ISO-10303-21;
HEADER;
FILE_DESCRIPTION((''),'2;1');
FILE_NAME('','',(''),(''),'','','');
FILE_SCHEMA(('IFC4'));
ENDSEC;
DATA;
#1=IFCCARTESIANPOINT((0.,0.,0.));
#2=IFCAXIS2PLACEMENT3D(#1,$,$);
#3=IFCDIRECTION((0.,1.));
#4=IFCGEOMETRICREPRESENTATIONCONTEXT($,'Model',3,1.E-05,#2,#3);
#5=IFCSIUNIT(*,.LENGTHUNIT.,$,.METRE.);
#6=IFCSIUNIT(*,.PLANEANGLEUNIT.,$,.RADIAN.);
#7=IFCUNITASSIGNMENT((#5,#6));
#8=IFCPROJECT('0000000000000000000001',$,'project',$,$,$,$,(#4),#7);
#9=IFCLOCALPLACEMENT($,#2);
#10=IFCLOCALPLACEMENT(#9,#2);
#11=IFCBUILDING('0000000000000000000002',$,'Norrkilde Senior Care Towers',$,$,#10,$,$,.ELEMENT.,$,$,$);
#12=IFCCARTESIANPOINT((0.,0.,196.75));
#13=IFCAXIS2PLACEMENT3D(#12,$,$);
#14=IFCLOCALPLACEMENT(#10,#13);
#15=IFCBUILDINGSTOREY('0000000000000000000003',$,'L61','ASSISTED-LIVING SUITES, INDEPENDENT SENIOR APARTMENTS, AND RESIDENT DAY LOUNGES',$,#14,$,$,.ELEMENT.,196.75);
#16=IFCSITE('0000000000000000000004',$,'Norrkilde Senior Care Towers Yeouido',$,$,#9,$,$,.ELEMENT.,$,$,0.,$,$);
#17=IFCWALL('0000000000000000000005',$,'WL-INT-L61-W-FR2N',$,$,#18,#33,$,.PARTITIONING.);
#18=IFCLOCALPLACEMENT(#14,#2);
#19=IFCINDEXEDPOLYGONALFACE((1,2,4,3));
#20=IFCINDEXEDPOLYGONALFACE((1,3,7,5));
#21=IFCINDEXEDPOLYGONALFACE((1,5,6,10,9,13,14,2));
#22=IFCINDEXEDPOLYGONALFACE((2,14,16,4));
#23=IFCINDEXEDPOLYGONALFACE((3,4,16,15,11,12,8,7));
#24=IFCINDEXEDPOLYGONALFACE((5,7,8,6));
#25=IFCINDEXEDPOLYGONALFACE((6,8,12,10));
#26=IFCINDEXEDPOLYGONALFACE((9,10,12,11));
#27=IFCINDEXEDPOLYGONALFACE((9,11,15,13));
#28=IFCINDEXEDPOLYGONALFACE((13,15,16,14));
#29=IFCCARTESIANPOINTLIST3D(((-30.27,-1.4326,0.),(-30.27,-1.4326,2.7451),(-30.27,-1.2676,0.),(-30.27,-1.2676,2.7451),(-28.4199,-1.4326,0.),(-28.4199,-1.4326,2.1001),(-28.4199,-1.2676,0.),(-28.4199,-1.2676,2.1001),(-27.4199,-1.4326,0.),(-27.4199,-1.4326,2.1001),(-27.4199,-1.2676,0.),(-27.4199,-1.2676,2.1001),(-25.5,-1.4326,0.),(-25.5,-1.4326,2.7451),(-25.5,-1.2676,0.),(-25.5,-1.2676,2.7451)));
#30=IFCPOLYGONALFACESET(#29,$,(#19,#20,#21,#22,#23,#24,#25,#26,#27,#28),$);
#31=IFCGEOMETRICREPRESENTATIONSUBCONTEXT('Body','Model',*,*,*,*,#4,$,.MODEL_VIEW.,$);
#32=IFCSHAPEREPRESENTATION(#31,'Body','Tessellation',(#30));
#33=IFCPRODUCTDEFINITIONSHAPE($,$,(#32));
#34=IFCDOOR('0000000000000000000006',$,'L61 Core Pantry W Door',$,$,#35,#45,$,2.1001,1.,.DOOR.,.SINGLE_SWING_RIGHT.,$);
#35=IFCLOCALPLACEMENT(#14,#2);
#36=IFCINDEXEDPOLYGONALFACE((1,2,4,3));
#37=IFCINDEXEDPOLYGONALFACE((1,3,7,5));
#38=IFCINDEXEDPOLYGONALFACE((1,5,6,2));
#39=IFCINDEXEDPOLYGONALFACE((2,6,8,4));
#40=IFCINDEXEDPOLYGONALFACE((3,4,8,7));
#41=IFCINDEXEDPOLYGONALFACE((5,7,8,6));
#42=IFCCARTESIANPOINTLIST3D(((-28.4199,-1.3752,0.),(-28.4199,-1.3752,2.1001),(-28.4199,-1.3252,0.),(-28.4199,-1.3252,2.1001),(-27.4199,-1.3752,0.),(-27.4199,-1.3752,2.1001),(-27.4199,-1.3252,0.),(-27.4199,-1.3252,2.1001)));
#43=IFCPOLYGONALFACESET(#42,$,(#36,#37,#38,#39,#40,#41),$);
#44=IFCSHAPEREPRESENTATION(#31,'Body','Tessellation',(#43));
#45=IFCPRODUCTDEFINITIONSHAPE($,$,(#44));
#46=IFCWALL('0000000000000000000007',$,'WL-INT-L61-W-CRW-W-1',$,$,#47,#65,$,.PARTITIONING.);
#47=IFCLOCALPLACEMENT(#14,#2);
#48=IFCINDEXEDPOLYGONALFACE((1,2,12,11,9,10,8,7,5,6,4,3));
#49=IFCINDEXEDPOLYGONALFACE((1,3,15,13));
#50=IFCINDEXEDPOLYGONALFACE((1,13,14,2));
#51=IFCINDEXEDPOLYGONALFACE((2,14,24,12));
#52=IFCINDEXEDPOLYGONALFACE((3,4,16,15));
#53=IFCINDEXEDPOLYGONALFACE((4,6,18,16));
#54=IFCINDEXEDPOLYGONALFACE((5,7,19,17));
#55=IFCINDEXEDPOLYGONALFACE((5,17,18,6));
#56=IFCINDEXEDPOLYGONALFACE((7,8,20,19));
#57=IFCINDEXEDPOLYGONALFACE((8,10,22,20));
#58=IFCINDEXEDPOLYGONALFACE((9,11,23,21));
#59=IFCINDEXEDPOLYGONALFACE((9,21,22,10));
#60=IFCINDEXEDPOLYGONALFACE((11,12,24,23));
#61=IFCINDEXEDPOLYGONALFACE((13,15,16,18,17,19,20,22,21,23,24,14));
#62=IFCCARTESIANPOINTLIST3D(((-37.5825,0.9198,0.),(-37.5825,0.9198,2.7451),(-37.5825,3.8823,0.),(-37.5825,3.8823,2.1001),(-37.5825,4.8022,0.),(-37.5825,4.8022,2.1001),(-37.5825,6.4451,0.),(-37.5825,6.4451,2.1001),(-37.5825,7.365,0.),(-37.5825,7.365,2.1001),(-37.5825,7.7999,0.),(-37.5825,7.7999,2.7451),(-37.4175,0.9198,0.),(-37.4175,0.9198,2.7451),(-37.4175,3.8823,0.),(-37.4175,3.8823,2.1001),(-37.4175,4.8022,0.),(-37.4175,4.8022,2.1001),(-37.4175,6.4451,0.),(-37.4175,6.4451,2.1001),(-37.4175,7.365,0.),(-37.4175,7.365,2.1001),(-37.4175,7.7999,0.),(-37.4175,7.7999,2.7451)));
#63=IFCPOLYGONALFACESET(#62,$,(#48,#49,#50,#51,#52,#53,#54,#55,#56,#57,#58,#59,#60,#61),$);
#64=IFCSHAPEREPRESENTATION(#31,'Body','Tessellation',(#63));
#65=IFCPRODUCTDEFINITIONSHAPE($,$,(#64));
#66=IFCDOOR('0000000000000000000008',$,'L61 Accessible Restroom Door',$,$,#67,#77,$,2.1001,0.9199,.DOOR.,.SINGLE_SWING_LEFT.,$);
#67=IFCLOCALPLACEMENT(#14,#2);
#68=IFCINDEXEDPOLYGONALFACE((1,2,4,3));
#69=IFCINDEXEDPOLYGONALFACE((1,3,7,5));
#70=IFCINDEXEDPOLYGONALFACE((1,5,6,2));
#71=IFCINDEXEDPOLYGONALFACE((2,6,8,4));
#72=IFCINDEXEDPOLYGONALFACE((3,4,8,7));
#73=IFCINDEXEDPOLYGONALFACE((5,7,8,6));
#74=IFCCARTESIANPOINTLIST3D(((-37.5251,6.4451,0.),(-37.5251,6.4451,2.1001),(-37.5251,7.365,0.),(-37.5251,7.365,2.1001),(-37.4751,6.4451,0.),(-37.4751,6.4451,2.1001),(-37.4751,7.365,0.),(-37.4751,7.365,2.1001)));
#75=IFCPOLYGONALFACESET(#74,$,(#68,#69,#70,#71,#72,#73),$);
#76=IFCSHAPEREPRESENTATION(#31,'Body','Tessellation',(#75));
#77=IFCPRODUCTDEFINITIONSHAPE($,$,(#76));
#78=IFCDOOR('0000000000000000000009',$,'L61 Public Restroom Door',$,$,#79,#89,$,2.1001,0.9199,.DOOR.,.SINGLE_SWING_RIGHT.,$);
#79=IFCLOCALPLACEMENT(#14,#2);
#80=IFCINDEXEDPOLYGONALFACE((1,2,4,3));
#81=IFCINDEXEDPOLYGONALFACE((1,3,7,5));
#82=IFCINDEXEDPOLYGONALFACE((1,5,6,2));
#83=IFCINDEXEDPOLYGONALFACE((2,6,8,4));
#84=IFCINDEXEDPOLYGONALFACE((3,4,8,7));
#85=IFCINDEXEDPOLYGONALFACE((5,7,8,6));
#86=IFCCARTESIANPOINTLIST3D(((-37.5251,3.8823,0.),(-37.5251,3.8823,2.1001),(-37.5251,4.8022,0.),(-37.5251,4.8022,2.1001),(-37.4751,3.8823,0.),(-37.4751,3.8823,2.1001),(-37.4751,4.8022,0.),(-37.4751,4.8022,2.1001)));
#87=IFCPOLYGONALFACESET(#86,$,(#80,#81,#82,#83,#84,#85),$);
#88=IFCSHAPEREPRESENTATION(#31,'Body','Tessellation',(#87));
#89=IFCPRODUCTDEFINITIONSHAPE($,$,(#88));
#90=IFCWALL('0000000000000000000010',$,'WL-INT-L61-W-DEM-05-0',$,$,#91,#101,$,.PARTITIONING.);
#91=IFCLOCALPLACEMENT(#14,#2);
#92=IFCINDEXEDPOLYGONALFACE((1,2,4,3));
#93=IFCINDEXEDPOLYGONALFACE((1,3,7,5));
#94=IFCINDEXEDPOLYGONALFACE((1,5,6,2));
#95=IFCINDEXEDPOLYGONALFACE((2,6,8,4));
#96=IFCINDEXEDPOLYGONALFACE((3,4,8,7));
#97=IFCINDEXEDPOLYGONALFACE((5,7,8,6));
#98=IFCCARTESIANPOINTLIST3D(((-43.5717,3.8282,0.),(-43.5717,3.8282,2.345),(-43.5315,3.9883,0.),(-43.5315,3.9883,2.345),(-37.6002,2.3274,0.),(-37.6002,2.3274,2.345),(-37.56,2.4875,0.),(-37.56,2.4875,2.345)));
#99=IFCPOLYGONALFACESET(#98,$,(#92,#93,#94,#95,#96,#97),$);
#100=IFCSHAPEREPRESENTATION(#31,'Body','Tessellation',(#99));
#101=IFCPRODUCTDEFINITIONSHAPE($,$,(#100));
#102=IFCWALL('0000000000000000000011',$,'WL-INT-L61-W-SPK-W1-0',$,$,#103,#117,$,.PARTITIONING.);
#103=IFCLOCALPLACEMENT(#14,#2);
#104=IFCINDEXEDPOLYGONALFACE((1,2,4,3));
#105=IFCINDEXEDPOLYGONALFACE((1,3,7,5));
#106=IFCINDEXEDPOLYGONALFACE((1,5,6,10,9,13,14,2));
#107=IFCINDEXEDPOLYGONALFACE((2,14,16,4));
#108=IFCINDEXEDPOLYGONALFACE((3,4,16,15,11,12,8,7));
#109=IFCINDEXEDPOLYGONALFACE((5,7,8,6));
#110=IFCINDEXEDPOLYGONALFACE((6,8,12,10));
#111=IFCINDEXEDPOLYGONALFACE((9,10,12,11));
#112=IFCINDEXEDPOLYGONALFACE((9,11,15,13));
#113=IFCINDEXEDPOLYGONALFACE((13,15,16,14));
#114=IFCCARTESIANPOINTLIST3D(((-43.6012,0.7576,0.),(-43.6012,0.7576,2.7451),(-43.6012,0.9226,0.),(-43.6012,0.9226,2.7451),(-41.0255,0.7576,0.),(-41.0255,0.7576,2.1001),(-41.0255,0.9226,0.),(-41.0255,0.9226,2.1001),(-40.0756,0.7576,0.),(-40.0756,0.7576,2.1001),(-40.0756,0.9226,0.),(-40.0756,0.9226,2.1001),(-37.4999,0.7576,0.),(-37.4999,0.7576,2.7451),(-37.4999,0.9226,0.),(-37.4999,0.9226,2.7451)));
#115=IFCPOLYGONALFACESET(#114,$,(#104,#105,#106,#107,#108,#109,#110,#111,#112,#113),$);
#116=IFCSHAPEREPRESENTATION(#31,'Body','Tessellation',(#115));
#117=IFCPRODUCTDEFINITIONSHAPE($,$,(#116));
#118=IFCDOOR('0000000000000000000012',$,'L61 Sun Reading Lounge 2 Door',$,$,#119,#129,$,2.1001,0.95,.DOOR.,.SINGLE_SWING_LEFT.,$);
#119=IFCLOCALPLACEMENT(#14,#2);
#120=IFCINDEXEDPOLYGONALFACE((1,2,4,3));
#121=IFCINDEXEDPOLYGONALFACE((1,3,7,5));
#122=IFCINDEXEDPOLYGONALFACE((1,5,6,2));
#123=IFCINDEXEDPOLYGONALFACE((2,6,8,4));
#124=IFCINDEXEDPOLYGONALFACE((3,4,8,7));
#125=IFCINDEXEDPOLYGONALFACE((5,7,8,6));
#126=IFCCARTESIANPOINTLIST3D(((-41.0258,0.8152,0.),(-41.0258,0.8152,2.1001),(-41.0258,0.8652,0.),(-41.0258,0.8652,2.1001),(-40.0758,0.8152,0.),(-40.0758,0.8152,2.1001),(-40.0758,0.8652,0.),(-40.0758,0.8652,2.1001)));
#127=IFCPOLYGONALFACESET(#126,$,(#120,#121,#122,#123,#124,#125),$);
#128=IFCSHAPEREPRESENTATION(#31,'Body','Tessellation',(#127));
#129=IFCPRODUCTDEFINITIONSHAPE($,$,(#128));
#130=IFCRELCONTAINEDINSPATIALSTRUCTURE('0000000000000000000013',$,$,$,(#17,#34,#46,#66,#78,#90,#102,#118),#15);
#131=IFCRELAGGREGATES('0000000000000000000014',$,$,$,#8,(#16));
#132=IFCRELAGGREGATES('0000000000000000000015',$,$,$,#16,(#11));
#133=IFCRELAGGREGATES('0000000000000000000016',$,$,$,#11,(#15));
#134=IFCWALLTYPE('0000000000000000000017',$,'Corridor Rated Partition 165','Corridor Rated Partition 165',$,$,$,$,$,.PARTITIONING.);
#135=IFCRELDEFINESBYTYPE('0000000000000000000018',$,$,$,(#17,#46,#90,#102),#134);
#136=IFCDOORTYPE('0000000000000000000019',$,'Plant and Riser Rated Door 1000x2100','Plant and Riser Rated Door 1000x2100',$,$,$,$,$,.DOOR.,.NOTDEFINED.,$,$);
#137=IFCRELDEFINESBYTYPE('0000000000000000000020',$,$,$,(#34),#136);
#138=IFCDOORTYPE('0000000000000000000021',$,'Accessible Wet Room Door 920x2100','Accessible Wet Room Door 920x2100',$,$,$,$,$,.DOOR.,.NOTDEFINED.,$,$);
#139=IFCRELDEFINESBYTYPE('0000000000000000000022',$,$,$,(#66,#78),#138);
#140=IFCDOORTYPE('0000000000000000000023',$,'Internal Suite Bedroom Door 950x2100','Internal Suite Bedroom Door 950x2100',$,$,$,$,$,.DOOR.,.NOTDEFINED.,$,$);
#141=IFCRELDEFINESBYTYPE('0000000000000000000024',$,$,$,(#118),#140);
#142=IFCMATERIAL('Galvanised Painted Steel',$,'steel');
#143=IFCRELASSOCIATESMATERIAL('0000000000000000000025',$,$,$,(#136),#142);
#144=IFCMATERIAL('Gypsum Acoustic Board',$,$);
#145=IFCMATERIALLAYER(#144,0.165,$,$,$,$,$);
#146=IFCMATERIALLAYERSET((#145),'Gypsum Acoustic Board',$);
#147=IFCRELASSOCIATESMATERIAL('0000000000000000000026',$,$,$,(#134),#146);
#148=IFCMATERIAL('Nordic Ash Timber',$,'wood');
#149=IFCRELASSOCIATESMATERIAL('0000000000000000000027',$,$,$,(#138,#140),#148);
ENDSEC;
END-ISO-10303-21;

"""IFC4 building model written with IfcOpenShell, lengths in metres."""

from ifc_helpers import new_model, si_unit, direction, frame, frame_2d, origin, place, context, subcontext, project, spatial, rectangle, extrude, source, transform, mapped, material, layer, layer_set, type_object, type_shapes, element, fill, save


model = new_model("IFC4")

# Units and contexts
model_context = context("Model", 3, precision=1e-05, world=origin(), true_north=direction((0.0, 1.0)))
body_context = subcontext(model_context, "Body", "Model", "MODEL_VIEW")
ifc_project = project(units=[si_unit("LENGTHUNIT", "METRE"), si_unit("PLANEANGLEUNIT", "RADIAN")], contexts=[model_context])

# Site, building, storey
site_placement = place(None, origin())
site = spatial("IfcSite", under=ifc_project, at=site_placement, Name="Norrkilde Senior Care Towers Yeouido", CompositionType="ELEMENT", RefElevation=0.0)
building_placement = place(site_placement, origin())
building = spatial("IfcBuilding", under=site, at=building_placement, Name="Norrkilde Senior Care Towers", CompositionType="ELEMENT")
storey_placement = place(building_placement, frame((0.0, 0.0, 196.75)))
storey = spatial("IfcBuildingStorey", under=building, at=storey_placement, Name="L61", Description="ASSISTED-LIVING SUITES, INDEPENDENT SENIOR APARTMENTS, AND RESIDENT DAY LOUNGES", CompositionType="ELEMENT", Elevation=196.75)

# Shared definitions
ifc_material_1 = material(Name="Galvanised Painted Steel", Category="steel")
door_type_1 = type_object("IfcDoorType", Name="Plant and Riser Rated Door 1000x2100", Description="Plant and Riser Rated Door 1000x2100", OperationType="NOTDEFINED", PredefinedType="DOOR", material=ifc_material_1)
shared_shape_1 = source(origin(), body_context, "Body", "SweptSolid", [
    extrude(rectangle(XDim=1.0, YDim=2.1001, at=frame_2d((0.5, 1.05))), frame((0.0, 0.0249, 0.0), z_axis=(0.0, -1.0, 0.0), x_axis=(1.0, 0.0, 0.0)), (0.0, 0.0, 1.0), 0.05),
])
type_shapes(door_type_1, [shared_shape_1])

# Shared definitions
ifc_material_2 = material(Name="Gypsum Acoustic Board")

# Wall, opening, door
ifc_layer_1 = layer(ifc_material_2, 0.165)
ifc_layer_set_1 = layer_set([ifc_layer_1], Name="Gypsum Acoustic Board")
wall_type_1 = type_object("IfcWallType", Name="Corridor Rated Partition 165", Description="Corridor Rated Partition 165", PredefinedType="PARTITIONING", material=ifc_layer_set_1)
shared_shape_2 = source(origin(), body_context, "Body", "SweptSolid", [
    extrude(rectangle(XDim=4.77, YDim=0.165, at=frame_2d((2.385, 0.0))), origin(), (0.0, 0.0, 1.0), 2.7451),
])
wall_1_placement = place(storey_placement, frame((-30.27, -1.3501, 0.0), z_axis=(0.0, 0.0, 1.0), x_axis=(1.0, 0.0, 0.0)))
wall_1 = element("IfcWall", 1, at=wall_1_placement, inside=storey, type_object=wall_type_1, Name="WL-INT-L61-W-FR2N", PredefinedType="PARTITIONING", context=body_context, shape_type="MappedRepresentation", body=[
    mapped(shared_shape_2, transform((0.0, 0.0, 0.0), x_axis=(1.0, 0.0, 0.0), y_axis=(0.0, 1.0, 0.0), z_axis=(0.0, 0.0, 1.0), scale=1.0)),
])
opening_1_placement = place(wall_1_placement, frame((1.8501, 0.0, 0.0)))
opening_1 = element("IfcOpeningElement", 2, at=opening_1_placement, cuts=wall_1, PredefinedType="OPENING", context=body_context, shape_type="SweptSolid", body=[
    extrude(rectangle(XDim=1.0, YDim=2.1001, at=frame_2d((0.5, 1.05))), frame((0.0, 0.0925, 0.0), z_axis=(0.0, -1.0, 0.0), x_axis=(1.0, 0.0, 0.0)), (0.0, 0.0, 1.0), 0.1851),
])
door_1_placement = place(opening_1_placement, origin())
door_1 = element("IfcDoor", 3, at=door_1_placement, inside=storey, type_object=door_type_1, Name="L61 Core Pantry W Door", OperationType="SINGLE_SWING_RIGHT", OverallHeight=2.1001, OverallWidth=1.0, PredefinedType="DOOR", context=body_context, shape_type="MappedRepresentation", body=[
    mapped(shared_shape_1, transform((0.0, 0.0, 0.0), x_axis=(1.0, 0.0, 0.0), y_axis=(0.0, 1.0, 0.0), z_axis=(0.0, 0.0, 1.0), scale=1.0)),
])
fill(opening_1, door_1)

# Wall, openings, doors
shared_shape_3 = source(origin(), body_context, "Body", "SweptSolid", [
    extrude(rectangle(XDim=6.8801, YDim=0.165, at=frame_2d((3.4399, 0.0))), origin(), (0.0, 0.0, 1.0), 2.7451),
])
wall_2_placement = place(storey_placement, frame((-37.5, 0.9199, 0.0), z_axis=(0.0, 0.0, 1.0), x_axis=(0.0, 1.0, 0.0)))
wall_2 = element("IfcWall", 4, at=wall_2_placement, inside=storey, type_object=wall_type_1, Name="WL-INT-L61-W-CRW-W-1", PredefinedType="PARTITIONING", context=body_context, shape_type="MappedRepresentation", body=[
    mapped(shared_shape_3, transform((0.0, 0.0, 0.0), x_axis=(1.0, 0.0, 0.0), y_axis=(0.0, 1.0, 0.0), z_axis=(0.0, 0.0, 1.0), scale=1.0)),
])
opening_2_placement = place(wall_2_placement, frame((5.5251, 0.0, 0.0)))
opening_2 = element("IfcOpeningElement", 5, at=opening_2_placement, cuts=wall_2, PredefinedType="OPENING", context=body_context, shape_type="SweptSolid", body=[
    extrude(rectangle(XDim=0.9199, YDim=2.1001, at=frame_2d((0.46, 1.05))), frame((0.0, 0.0925, 0.0), z_axis=(0.0, -1.0, 0.0), x_axis=(1.0, 0.0, 0.0)), (0.0, 0.0, 1.0), 0.1851),
])
opening_3_placement = place(wall_2_placement, frame((2.9624, 0.0, 0.0)))
opening_3 = element("IfcOpeningElement", 6, at=opening_3_placement, cuts=wall_2, PredefinedType="OPENING", context=body_context, shape_type="SweptSolid", body=[
    extrude(rectangle(XDim=0.9199, YDim=2.1001, at=frame_2d((0.46, 1.05))), frame((0.0, 0.0925, 0.0), z_axis=(0.0, -1.0, 0.0), x_axis=(1.0, 0.0, 0.0)), (0.0, 0.0, 1.0), 0.1851),
])
ifc_material_3 = material(Name="Nordic Ash Timber", Category="wood")
door_type_2 = type_object("IfcDoorType", Name="Accessible Wet Room Door 920x2100", Description="Accessible Wet Room Door 920x2100", OperationType="NOTDEFINED", PredefinedType="DOOR", material=ifc_material_3)
shared_shape_4 = source(origin(), body_context, "Body", "SweptSolid", [
    extrude(rectangle(XDim=0.9199, YDim=2.1001, at=frame_2d((0.46, 1.05))), frame((0.0, 0.0249, 0.0), z_axis=(0.0, -1.0, 0.0), x_axis=(1.0, 0.0, 0.0)), (0.0, 0.0, 1.0), 0.05),
])
type_shapes(door_type_2, [shared_shape_4])
door_2_placement = place(opening_2_placement, frame((0.9199, 0.0, 0.0), z_axis=(0.0, 0.0, 1.0), x_axis=(-1.0, 0.0, 0.0)))
door_2 = element("IfcDoor", 7, at=door_2_placement, inside=storey, type_object=door_type_2, Name="L61 Accessible Restroom Door", OperationType="SINGLE_SWING_LEFT", OverallHeight=2.1001, OverallWidth=0.9199, PredefinedType="DOOR", context=body_context, shape_type="MappedRepresentation", body=[
    mapped(shared_shape_4, transform((0.0, 0.0, 0.0), x_axis=(1.0, 0.0, 0.0), y_axis=(0.0, 1.0, 0.0), z_axis=(0.0, 0.0, 1.0), scale=1.0)),
])
fill(opening_2, door_2)
door_3_placement = place(opening_3_placement, frame((0.9199, 0.0, 0.0), z_axis=(0.0, 0.0, 1.0), x_axis=(-1.0, 0.0, 0.0)))
door_3 = element("IfcDoor", 8, at=door_3_placement, inside=storey, type_object=door_type_2, Name="L61 Public Restroom Door", OperationType="SINGLE_SWING_RIGHT", OverallHeight=2.1001, OverallWidth=0.9199, PredefinedType="DOOR", context=body_context, shape_type="MappedRepresentation", body=[
    mapped(shared_shape_4, transform((0.0, 0.0, 0.0), x_axis=(1.0, 0.0, 0.0), y_axis=(0.0, 1.0, 0.0), z_axis=(0.0, 0.0, 1.0), scale=1.0)),
])
fill(opening_3, door_3)

# Wall
shared_shape_5 = source(origin(), body_context, "Body", "SweptSolid", [
    extrude(rectangle(XDim=6.1572, YDim=0.165, at=frame_2d((3.0786, 0.0))), origin(), (0.0, 0.0, 1.0), 2.345),
])
wall_3_placement = place(storey_placement, frame((-37.5801, 2.4075, 0.0), z_axis=(0.0, 0.0, 1.0), x_axis=(-0.969841, 0.243739, 0.0)))
element("IfcWall", 9, at=wall_3_placement, inside=storey, type_object=wall_type_1, Name="WL-INT-L61-W-DEM-05-0", PredefinedType="PARTITIONING", context=body_context, shape_type="MappedRepresentation", body=[
    mapped(shared_shape_5, transform((0.0, 0.0, 0.0), x_axis=(1.0, 0.0, 0.0), y_axis=(0.0, 1.0, 0.0), z_axis=(0.0, 0.0, 1.0), scale=1.0)),
])

# Wall, opening, door
shared_shape_6 = source(origin(), body_context, "Body", "SweptSolid", [
    extrude(rectangle(XDim=6.1013, YDim=0.165, at=frame_2d((3.0508, 0.0))), origin(), (0.0, 0.0, 1.0), 2.7451),
])
type_shapes(wall_type_1, [shared_shape_2, shared_shape_3, shared_shape_5, shared_shape_6])
wall_4_placement = place(storey_placement, frame((-43.6013, 0.8401, 0.0), z_axis=(0.0, 0.0, 1.0), x_axis=(1.0, 0.0, 0.0)))
wall_4 = element("IfcWall", 10, at=wall_4_placement, inside=storey, type_object=wall_type_1, Name="WL-INT-L61-W-SPK-W1-0", PredefinedType="PARTITIONING", context=body_context, shape_type="MappedRepresentation", body=[
    mapped(shared_shape_6, transform((0.0, 0.0, 0.0), x_axis=(1.0, 0.0, 0.0), y_axis=(0.0, 1.0, 0.0), z_axis=(0.0, 0.0, 1.0), scale=1.0)),
])
opening_4_placement = place(wall_4_placement, frame((2.5757, 0.0, 0.0)))
opening_4 = element("IfcOpeningElement", 11, at=opening_4_placement, cuts=wall_4, PredefinedType="OPENING", context=body_context, shape_type="SweptSolid", body=[
    extrude(rectangle(XDim=0.95, YDim=2.1001, at=frame_2d((0.4751, 1.05))), frame((0.0, 0.0925, 0.0), z_axis=(0.0, -1.0, 0.0), x_axis=(1.0, 0.0, 0.0)), (0.0, 0.0, 1.0), 0.1851),
])
door_type_3 = type_object("IfcDoorType", Name="Internal Suite Bedroom Door 950x2100", Description="Internal Suite Bedroom Door 950x2100", OperationType="NOTDEFINED", PredefinedType="DOOR", material=ifc_material_3)
shared_shape_7 = source(origin(), body_context, "Body", "SweptSolid", [
    extrude(rectangle(XDim=0.95, YDim=2.1001, at=frame_2d((0.4751, 1.05))), frame((0.0, 0.0249, 0.0), z_axis=(0.0, -1.0, 0.0), x_axis=(1.0, 0.0, 0.0)), (0.0, 0.0, 1.0), 0.05),
])
type_shapes(door_type_3, [shared_shape_7])
door_4_placement = place(opening_4_placement, frame((0.95, 0.0, 0.0), z_axis=(0.0, 0.0, 1.0), x_axis=(-1.0, 0.0, 0.0)))
door_4 = element("IfcDoor", 12, at=door_4_placement, inside=storey, type_object=door_type_3, Name="L61 Sun Reading Lounge 2 Door", OperationType="SINGLE_SWING_LEFT", OverallHeight=2.1001, OverallWidth=0.95, PredefinedType="DOOR", context=body_context, shape_type="MappedRepresentation", body=[
    mapped(shared_shape_7, transform((0.0, 0.0, 0.0), x_axis=(1.0, 0.0, 0.0), y_axis=(0.0, 1.0, 0.0), z_axis=(0.0, 0.0, 1.0), scale=1.0)),
])
fill(opening_4, door_4)

save(model, "model.ifc")
